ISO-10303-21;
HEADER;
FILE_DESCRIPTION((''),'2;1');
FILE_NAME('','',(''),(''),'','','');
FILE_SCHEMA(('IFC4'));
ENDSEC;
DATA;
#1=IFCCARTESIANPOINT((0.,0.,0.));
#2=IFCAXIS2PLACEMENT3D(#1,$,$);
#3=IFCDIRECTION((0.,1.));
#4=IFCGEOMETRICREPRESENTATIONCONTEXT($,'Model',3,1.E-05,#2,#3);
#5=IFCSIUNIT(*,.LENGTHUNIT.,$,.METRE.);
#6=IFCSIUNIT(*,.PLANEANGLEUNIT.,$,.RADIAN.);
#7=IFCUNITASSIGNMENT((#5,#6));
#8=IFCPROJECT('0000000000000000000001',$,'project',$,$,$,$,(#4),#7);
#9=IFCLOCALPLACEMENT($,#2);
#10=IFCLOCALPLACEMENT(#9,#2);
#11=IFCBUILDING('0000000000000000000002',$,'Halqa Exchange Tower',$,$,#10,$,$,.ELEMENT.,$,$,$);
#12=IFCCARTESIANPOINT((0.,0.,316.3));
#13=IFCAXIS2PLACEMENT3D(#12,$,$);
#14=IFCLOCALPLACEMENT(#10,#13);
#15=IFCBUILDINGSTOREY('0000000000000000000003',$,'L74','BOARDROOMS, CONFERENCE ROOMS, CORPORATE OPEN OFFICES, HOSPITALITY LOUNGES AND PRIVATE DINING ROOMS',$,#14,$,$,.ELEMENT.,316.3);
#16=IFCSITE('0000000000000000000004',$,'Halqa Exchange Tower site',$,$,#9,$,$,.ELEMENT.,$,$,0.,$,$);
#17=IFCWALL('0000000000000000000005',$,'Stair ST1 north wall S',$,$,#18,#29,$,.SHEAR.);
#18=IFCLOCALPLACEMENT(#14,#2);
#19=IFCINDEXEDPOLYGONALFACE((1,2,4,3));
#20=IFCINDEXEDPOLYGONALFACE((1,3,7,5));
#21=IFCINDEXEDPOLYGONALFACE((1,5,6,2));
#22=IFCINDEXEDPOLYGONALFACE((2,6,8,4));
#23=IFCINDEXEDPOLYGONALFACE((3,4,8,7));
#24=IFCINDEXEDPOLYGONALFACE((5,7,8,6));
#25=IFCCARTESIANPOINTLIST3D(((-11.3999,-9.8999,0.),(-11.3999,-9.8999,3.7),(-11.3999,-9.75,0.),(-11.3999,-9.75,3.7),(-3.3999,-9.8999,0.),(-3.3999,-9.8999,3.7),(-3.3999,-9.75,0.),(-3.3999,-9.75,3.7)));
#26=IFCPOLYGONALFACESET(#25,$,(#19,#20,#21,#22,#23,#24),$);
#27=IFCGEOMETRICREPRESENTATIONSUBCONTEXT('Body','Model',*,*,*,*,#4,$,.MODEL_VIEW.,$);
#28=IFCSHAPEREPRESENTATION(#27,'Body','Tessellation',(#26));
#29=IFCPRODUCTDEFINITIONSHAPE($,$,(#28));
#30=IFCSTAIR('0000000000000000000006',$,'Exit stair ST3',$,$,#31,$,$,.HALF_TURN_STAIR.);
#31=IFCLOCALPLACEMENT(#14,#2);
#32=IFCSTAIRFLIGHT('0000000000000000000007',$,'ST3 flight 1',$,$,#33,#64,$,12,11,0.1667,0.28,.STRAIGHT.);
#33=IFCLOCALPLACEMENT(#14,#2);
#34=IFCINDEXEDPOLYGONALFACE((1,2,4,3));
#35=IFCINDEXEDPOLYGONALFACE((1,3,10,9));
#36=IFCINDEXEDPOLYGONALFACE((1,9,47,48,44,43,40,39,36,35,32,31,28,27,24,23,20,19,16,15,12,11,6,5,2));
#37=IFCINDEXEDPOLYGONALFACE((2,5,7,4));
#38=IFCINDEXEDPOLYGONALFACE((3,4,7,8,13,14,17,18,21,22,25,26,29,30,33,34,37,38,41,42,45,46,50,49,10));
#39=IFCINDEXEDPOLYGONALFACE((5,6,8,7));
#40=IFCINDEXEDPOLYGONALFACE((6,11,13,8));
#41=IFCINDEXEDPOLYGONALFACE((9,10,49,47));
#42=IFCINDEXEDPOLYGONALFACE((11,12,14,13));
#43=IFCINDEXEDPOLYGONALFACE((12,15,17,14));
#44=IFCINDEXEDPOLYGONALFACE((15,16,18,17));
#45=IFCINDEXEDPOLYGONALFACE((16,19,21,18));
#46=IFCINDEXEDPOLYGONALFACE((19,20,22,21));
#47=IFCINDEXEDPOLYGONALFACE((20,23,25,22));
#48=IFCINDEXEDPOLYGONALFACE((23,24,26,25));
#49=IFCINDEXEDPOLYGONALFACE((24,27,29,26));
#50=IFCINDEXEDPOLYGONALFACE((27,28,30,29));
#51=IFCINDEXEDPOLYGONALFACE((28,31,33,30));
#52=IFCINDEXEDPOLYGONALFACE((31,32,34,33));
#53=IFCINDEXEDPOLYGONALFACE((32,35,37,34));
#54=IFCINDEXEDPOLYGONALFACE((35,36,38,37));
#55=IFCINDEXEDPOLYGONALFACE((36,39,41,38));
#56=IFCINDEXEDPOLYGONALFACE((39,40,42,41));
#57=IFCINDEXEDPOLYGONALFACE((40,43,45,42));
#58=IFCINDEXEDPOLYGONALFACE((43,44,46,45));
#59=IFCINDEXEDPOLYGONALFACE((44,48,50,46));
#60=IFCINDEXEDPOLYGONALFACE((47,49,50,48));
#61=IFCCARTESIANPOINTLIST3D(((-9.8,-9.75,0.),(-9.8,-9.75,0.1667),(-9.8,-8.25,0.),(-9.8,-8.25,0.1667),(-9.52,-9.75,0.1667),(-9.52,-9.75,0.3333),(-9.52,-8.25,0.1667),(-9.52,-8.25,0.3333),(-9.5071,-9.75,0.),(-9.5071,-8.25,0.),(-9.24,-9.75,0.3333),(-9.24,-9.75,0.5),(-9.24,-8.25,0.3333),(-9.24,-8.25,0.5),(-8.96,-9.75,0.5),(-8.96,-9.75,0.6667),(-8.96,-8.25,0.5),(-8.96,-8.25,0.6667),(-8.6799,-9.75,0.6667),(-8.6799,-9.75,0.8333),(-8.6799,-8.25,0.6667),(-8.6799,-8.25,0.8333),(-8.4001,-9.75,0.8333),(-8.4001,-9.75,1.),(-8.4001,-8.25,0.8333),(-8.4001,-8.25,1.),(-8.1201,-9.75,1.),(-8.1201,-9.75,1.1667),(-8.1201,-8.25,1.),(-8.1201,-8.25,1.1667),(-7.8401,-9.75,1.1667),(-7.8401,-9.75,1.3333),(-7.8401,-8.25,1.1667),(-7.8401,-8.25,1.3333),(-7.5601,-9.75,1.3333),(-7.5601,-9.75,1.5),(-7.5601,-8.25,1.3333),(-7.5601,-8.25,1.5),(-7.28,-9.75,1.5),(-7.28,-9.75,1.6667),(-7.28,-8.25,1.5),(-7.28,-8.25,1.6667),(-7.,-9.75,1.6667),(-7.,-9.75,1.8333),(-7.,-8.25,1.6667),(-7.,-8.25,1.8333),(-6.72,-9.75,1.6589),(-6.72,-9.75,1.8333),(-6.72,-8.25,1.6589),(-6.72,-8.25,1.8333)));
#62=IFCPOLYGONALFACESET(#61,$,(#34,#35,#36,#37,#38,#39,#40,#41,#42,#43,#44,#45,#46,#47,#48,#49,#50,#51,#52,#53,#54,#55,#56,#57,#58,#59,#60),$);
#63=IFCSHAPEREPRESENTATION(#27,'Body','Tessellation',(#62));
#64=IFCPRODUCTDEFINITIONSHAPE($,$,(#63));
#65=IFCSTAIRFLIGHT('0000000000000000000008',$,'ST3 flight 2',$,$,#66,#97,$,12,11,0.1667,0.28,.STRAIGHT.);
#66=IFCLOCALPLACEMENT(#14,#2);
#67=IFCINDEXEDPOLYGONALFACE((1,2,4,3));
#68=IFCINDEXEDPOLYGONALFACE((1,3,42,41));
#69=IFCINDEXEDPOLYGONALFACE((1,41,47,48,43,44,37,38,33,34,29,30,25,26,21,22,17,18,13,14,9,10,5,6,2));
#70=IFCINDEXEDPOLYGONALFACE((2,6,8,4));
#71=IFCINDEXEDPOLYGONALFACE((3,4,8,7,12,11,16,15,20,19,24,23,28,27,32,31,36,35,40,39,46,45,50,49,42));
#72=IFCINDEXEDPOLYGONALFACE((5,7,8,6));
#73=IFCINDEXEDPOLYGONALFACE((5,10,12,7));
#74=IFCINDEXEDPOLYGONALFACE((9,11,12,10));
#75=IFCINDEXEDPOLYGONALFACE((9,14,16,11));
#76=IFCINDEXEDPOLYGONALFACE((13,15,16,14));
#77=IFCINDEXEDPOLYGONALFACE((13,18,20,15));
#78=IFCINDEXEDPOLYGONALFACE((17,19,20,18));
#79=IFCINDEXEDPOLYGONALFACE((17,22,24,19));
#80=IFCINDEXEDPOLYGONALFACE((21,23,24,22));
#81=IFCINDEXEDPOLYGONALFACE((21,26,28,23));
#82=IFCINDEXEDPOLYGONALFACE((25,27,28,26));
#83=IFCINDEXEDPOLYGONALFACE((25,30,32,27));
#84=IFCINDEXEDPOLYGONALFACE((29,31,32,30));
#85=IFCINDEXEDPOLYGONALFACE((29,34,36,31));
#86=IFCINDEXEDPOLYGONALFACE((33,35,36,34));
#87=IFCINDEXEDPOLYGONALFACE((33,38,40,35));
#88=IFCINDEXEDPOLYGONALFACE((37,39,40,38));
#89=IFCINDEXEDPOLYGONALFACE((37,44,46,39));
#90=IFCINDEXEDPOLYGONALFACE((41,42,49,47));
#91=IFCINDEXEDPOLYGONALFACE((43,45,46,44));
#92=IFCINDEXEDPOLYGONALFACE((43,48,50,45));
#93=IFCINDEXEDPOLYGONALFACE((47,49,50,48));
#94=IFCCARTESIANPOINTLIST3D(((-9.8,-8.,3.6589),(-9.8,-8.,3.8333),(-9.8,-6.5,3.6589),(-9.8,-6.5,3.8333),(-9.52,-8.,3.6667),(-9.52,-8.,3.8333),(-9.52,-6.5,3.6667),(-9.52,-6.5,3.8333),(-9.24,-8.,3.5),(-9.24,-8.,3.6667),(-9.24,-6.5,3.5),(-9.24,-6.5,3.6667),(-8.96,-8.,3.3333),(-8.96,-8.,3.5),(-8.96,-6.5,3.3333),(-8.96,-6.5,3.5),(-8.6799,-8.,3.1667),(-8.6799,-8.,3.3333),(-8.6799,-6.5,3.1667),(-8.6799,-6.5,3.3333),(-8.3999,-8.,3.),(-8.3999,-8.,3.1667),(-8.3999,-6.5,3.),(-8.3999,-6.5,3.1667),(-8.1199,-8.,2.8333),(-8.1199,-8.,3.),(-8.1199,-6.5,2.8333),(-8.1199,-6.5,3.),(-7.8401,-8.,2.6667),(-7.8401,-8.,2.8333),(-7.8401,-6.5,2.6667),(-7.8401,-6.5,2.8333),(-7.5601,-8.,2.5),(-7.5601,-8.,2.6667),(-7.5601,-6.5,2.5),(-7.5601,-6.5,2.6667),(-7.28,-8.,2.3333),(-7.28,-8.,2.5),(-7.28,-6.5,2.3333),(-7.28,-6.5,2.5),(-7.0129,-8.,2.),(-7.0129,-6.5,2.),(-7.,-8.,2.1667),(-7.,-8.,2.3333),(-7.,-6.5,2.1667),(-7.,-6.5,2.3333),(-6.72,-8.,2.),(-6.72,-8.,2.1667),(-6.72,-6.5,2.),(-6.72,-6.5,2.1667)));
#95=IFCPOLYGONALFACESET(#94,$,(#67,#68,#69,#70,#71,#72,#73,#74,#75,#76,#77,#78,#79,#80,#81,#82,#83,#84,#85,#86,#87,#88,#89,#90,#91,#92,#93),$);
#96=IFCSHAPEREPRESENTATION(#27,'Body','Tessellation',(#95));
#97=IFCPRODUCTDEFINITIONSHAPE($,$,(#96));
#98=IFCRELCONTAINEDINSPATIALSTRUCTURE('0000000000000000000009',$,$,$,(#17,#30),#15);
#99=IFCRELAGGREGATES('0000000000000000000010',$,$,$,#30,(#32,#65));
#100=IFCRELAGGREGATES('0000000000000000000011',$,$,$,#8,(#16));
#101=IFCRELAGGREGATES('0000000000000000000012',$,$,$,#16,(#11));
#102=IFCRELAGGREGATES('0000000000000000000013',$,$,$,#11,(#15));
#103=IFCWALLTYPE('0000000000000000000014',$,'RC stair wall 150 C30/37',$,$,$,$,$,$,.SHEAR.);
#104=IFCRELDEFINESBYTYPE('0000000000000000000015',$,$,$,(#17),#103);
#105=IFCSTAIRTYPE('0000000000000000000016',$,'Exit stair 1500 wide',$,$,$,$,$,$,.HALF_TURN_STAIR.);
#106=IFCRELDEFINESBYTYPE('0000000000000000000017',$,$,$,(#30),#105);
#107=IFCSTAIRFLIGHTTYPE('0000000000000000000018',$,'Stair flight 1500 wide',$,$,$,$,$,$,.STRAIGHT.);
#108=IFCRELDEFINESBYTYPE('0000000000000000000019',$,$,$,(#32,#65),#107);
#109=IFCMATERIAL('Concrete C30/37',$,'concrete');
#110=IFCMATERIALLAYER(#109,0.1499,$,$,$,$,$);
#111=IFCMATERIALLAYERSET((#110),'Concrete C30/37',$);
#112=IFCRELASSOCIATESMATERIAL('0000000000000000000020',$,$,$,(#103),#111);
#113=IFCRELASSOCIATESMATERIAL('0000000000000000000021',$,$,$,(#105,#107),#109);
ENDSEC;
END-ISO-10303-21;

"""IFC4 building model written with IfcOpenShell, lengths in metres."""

from ifc_helpers import new_model, si_unit, direction, frame, frame_2d, origin, place, context, subcontext, project, spatial, polyline, rectangle, outline, extrude, material, layer, layer_set, type_object, element, aggregate, save


model = new_model("IFC4")

# Units and contexts
model_context = context("Model", 3, precision=1e-05, world=origin(), true_north=direction((0.0, 1.0)))
body_context = subcontext(model_context, "Body", "Model", "MODEL_VIEW")
ifc_project = project(units=[si_unit("LENGTHUNIT", "METRE"), si_unit("PLANEANGLEUNIT", "RADIAN")], contexts=[model_context])

# Site, building, storey
site_placement = place(None, origin())
site = spatial("IfcSite", under=ifc_project, at=site_placement, Name="Halqa Exchange Tower site", CompositionType="ELEMENT", RefElevation=0.0)
building_placement = place(site_placement, origin())
building = spatial("IfcBuilding", under=site, at=building_placement, Name="Halqa Exchange Tower", CompositionType="ELEMENT")
storey_placement = place(building_placement, frame((0.0, 0.0, 316.3)))
storey = spatial("IfcBuildingStorey", under=building, at=storey_placement, Name="L74", Description="BOARDROOMS, CONFERENCE ROOMS, CORPORATE OPEN OFFICES, HOSPITALITY LOUNGES AND PRIVATE DINING ROOMS", CompositionType="ELEMENT", Elevation=316.3)

# Wall
ifc_material_1 = material(Name="Concrete C30/37", Category="concrete")
ifc_layer_1 = layer(ifc_material_1, 0.1499)
ifc_layer_set_1 = layer_set([ifc_layer_1], Name="Concrete C30/37")
wall_type_1 = type_object("IfcWallType", Name="RC stair wall 150 C30/37", PredefinedType="SHEAR", material=ifc_layer_set_1)
wall_1_placement = place(storey_placement, frame((-11.3999, -9.825, 0.0), z_axis=(0.0, 0.0, 1.0), x_axis=(1.0, 0.0, 0.0)))
element("IfcWall", 1, at=wall_1_placement, inside=storey, type_object=wall_type_1, Name="Stair ST1 north wall S", PredefinedType="SHEAR", context=body_context, shape_type="SweptSolid", body=[
    extrude(rectangle(XDim=8.0, YDim=0.1499, at=frame_2d((4.0, 0.0))), origin(), (0.0, 0.0, 1.0), 3.7),
])

# Stair, stair flights
stair_type = type_object("IfcStairType", Name="Exit stair 1500 wide", PredefinedType="HALF_TURN_STAIR", material=ifc_material_1)
stair_placement = place(storey_placement, origin())
stair = element("IfcStair", 2, at=stair_placement, inside=storey, type_object=stair_type, Name="Exit stair ST3", PredefinedType="HALF_TURN_STAIR")
stair_flight_type = type_object("IfcStairFlightType", Name="Stair flight 1500 wide", PredefinedType="STRAIGHT", material=ifc_material_1)
stair_flight_1_placement = place(storey_placement, frame((-9.8, -9.0, 0.0), z_axis=(0.0, 0.0, 1.0), x_axis=(1.0, 0.0, 0.0)))
stair_flight_1 = element("IfcStairFlight", 3, at=stair_flight_1_placement, type_object=stair_flight_type, Name="ST3 flight 1", NumberOfRisers=12, NumberOfTreads=11, PredefinedType="STRAIGHT", RiserHeight=0.1667, TreadLength=0.28, context=body_context, shape_type="SweptSolid", body=[
    extrude(outline(polyline([(0.0, 0.0), (0.0, 0.1667), (0.28, 0.1667), (0.28, 0.3333), (0.5601, 0.3333), (0.5601, 0.5), (0.8401, 0.5), (0.8401, 0.6667), (1.1201, 0.6667), (1.1201, 0.8333), (1.3999, 0.8333), (1.3999, 1.0), (1.6799, 1.0), (1.6799, 1.1667), (1.96, 1.1667), (1.96, 1.3333), (2.24, 1.3333), (2.24, 1.5), (2.52, 1.5), (2.52, 1.6667), (2.8, 1.6667), (2.8, 1.8333), (3.0801, 1.8333), (3.0801, 2.0), (3.0801, 1.6589), (0.293, 0.0), (0.0, 0.0)])), frame((0.0, 0.75, 0.0), z_axis=(0.0, -1.0, 0.0), x_axis=(1.0, 0.0, 0.0)), (0.0, 0.0, 1.0), 1.5),
])
stair_flight_2_placement = place(storey_placement, frame((-6.72, -7.25, 2.0), z_axis=(0.0, 0.0, 1.0), x_axis=(-1.0, 0.0, 0.0)))
stair_flight_2 = element("IfcStairFlight", 4, at=stair_flight_2_placement, type_object=stair_flight_type, Name="ST3 flight 2", NumberOfRisers=12, NumberOfTreads=11, PredefinedType="STRAIGHT", RiserHeight=0.1667, TreadLength=0.28, context=body_context, shape_type="SweptSolid", body=[
    extrude(outline(polyline([(0.0, 0.0), (0.0, 0.1667), (0.28, 0.1667), (0.28, 0.3333), (0.5601, 0.3333), (0.5601, 0.5), (0.8401, 0.5), (0.8401, 0.6667), (1.1201, 0.6667), (1.1201, 0.8333), (1.3999, 0.8333), (1.3999, 1.0), (1.6799, 1.0), (1.6799, 1.1667), (1.96, 1.1667), (1.96, 1.3333), (2.24, 1.3333), (2.24, 1.5), (2.52, 1.5), (2.52, 1.6667), (2.8, 1.6667), (2.8, 1.8333), (3.0801, 1.8333), (3.0801, 2.0), (3.0801, 1.6589), (0.293, 0.0), (0.0, 0.0)])), frame((0.0, 0.75, 0.0), z_axis=(0.0, -1.0, 0.0), x_axis=(1.0, 0.0, 0.0)), (0.0, 0.0, 1.0), 1.5),
])
aggregate(stair, [stair_flight_1, stair_flight_2])

save(model, "model.ifc")
